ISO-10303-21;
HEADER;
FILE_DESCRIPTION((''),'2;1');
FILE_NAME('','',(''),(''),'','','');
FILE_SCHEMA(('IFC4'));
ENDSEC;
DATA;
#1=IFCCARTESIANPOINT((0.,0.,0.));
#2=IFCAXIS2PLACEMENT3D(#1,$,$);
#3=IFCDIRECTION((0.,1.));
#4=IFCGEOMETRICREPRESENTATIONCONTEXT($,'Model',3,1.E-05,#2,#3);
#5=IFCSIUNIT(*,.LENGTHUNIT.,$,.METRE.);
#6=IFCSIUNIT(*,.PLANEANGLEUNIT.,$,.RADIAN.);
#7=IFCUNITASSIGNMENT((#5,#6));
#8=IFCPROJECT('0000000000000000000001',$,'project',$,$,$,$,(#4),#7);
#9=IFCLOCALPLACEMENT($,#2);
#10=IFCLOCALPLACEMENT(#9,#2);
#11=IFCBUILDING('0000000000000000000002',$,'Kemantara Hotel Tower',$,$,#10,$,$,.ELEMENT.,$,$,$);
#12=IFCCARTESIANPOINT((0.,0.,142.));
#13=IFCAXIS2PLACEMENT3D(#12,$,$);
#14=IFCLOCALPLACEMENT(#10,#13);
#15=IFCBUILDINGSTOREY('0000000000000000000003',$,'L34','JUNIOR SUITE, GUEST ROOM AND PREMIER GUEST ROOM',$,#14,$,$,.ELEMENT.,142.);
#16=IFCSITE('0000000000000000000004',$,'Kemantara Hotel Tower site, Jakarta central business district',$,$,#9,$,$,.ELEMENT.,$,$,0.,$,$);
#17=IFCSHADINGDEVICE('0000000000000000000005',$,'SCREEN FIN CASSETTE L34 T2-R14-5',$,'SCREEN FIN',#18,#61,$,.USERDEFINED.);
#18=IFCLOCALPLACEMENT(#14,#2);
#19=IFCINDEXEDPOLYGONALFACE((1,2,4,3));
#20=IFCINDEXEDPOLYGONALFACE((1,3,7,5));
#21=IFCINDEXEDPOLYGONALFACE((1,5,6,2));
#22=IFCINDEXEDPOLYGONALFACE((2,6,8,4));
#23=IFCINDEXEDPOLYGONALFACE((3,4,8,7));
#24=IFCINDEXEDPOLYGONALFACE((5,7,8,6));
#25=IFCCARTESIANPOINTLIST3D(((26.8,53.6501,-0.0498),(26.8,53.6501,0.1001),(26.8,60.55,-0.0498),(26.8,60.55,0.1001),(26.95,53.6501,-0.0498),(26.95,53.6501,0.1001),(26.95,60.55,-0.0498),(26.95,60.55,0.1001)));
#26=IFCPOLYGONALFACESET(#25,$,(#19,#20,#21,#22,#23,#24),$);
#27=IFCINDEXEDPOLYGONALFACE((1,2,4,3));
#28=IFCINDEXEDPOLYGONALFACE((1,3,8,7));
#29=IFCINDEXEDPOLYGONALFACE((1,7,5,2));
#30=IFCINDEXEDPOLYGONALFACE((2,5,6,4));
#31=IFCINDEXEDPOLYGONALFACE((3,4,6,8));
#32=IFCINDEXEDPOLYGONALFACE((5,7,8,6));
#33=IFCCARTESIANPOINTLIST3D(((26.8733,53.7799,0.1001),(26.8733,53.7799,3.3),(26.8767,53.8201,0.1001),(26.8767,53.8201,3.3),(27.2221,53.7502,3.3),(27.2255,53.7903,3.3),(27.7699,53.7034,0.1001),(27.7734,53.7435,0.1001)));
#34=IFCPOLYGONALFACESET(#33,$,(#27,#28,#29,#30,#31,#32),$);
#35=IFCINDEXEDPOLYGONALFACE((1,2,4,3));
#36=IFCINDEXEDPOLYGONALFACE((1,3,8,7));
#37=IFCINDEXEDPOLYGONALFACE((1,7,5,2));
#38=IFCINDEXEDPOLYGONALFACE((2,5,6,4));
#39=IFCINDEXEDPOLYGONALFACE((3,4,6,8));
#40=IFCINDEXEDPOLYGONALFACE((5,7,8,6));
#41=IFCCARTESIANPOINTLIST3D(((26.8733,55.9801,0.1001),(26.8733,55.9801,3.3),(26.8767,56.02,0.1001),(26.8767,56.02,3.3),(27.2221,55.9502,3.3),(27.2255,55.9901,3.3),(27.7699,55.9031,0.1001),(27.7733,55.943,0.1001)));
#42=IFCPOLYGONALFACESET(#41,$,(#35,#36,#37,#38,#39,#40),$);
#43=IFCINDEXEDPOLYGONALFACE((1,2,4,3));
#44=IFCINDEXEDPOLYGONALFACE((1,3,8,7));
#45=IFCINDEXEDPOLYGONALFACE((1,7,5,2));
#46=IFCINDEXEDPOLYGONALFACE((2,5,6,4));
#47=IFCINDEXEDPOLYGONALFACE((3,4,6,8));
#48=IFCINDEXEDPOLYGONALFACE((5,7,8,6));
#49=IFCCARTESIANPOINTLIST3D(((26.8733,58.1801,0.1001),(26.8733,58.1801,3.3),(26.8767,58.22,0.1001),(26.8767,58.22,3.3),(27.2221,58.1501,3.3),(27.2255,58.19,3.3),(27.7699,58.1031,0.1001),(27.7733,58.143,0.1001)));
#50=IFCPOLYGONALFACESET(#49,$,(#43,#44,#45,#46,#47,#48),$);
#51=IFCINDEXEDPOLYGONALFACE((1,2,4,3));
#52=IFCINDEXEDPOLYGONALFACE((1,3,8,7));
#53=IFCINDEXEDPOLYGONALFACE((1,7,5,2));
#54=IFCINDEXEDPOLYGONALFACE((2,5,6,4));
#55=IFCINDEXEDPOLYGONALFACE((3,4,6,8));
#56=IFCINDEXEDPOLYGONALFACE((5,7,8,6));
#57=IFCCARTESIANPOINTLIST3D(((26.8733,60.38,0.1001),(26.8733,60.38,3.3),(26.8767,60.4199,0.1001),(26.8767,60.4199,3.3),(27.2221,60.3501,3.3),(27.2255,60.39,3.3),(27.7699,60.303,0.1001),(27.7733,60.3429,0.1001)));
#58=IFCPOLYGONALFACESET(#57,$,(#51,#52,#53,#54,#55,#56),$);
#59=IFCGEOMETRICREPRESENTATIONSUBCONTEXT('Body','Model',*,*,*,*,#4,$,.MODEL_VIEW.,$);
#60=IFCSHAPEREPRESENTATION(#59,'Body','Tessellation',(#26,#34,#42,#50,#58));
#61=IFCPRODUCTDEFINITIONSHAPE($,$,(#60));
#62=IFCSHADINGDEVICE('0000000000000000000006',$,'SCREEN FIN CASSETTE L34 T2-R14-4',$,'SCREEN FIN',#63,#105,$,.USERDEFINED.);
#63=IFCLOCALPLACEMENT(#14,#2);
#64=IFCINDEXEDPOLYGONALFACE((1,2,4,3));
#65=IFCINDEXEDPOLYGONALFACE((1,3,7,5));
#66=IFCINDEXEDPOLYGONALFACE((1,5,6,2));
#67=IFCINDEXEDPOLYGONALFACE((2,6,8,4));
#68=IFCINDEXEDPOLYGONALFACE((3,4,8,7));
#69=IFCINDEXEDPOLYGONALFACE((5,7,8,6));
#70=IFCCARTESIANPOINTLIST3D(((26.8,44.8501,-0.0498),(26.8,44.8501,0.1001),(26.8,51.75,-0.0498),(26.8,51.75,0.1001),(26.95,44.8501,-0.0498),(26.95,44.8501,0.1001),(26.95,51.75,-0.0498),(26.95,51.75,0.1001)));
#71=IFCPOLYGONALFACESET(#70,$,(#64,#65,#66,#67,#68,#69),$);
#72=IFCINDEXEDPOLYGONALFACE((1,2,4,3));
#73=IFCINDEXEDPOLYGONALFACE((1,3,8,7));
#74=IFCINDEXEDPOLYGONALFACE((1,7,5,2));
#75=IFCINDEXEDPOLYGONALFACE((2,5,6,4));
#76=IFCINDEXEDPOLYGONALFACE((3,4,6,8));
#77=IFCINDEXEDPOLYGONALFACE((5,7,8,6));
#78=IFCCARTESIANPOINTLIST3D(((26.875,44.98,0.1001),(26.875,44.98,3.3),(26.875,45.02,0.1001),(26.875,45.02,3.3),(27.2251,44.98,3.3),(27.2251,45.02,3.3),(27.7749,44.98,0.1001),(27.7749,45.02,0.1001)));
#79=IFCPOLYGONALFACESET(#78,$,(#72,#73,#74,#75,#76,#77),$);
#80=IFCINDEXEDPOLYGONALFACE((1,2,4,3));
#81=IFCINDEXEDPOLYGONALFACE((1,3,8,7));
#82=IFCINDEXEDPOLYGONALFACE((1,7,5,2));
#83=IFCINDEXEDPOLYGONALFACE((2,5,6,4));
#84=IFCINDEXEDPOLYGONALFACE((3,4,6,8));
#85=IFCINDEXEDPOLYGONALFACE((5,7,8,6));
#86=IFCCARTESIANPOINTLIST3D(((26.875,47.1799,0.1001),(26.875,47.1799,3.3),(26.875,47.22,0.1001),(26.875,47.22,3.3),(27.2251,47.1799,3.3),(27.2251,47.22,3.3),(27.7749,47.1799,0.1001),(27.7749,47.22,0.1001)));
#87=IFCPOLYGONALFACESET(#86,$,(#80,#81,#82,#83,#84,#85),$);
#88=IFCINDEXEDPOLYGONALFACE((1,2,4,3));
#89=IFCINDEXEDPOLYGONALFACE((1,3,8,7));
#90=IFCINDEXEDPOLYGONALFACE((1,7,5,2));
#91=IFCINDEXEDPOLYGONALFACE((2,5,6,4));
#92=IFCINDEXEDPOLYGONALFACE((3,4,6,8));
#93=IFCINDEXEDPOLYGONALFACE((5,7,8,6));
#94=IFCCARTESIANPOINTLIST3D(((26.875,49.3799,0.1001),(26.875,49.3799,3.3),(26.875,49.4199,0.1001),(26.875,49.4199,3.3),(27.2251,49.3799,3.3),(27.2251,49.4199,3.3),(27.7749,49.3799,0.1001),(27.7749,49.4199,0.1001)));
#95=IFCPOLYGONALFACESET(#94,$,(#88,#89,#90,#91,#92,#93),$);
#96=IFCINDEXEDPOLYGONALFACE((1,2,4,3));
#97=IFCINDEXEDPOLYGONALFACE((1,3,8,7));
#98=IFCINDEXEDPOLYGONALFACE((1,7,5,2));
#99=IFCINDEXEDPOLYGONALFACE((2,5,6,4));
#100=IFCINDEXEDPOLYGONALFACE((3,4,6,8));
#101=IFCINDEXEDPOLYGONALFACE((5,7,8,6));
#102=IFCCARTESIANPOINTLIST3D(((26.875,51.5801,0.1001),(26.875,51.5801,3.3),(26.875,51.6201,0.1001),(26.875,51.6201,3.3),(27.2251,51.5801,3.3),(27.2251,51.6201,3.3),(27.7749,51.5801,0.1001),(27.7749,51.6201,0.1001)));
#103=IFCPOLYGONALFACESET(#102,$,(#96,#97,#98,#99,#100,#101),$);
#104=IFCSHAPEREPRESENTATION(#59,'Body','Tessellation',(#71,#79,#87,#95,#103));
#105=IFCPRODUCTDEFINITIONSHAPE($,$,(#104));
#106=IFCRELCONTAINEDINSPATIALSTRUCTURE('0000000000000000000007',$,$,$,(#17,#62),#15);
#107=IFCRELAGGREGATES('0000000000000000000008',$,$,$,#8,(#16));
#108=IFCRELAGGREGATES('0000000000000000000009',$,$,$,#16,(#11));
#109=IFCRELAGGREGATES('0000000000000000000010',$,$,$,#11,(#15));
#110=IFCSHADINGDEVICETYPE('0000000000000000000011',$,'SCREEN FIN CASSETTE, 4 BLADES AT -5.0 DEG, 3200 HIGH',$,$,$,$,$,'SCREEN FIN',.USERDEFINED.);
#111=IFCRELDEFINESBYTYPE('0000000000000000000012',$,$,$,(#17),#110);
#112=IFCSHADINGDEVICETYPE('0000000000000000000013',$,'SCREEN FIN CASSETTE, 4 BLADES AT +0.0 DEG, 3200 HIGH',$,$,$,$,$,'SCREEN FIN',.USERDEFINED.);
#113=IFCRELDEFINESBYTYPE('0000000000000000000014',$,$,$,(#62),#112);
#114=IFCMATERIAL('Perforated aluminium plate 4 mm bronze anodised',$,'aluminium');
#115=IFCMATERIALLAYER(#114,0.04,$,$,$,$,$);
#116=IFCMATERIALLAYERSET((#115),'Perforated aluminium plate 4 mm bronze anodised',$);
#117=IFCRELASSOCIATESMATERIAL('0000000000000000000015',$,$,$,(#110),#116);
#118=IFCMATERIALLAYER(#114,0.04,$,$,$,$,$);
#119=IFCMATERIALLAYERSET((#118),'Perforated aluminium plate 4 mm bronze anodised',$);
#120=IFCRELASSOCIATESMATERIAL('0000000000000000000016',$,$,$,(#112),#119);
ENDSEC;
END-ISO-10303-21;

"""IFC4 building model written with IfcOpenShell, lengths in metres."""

from ifc_helpers import new_model, si_unit, direction, frame, origin, origin_2d, place, context, subcontext, project, spatial, polyline, rectangle, outline, extrude, source, transform, mapped, material, layer, layer_set, type_object, element, save


model = new_model("IFC4")

# Units and contexts
model_context = context("Model", 3, precision=1e-05, world=origin(), true_north=direction((0.0, 1.0)))
body_context = subcontext(model_context, "Body", "Model", "MODEL_VIEW")
ifc_project = project(units=[si_unit("LENGTHUNIT", "METRE"), si_unit("PLANEANGLEUNIT", "RADIAN")], contexts=[model_context])

# Site, building, storey
site_placement = place(None, origin())
site = spatial("IfcSite", under=ifc_project, at=site_placement, Name="Kemantara Hotel Tower site, Jakarta central business district", CompositionType="ELEMENT", RefElevation=0.0)
building_placement = place(site_placement, origin())
building = spatial("IfcBuilding", under=site, at=building_placement, Name="Kemantara Hotel Tower", CompositionType="ELEMENT")
storey_placement = place(building_placement, frame((0.0, 0.0, 142.0)))
storey = spatial("IfcBuildingStorey", under=building, at=storey_placement, Name="L34", Description="JUNIOR SUITE, GUEST ROOM AND PREMIER GUEST ROOM", CompositionType="ELEMENT", Elevation=142.0)

# Shading devices
ifc_material_1 = material(Name="Perforated aluminium plate 4 mm bronze anodised", Category="aluminium")
ifc_layer_1 = layer(ifc_material_1, 0.04)
ifc_layer_set_1 = layer_set([ifc_layer_1], Name="Perforated aluminium plate 4 mm bronze anodised")
shading_device_type_1 = type_object("IfcShadingDeviceType", Name="SCREEN FIN CASSETTE, 4 BLADES AT -5.0 DEG, 3200 HIGH", ElementType="SCREEN FIN", PredefinedType="USERDEFINED", material=ifc_layer_set_1)
shared_shape_1 = source(origin(), body_context, "Body", "SweptSolid", [
    extrude(rectangle(XDim=6.8999, YDim=0.1499, at=origin_2d()), frame((3.3, -0.075, -0.1499), z_axis=(0.0, 0.0, 1.0), x_axis=(1.0, 0.0, 0.0)), (0.0, 0.0, 1.0), 0.1499),
    extrude(outline(polyline([(0.0, 0.0), (0.8999, 0.0), (0.3501, 3.2), (0.0, 3.2), (0.0, 0.0)])), frame((0.02, -0.0767, 0.0), z_axis=(-0.996376, 0.085056, 0.0), x_axis=(-0.085056, -0.996376, 0.0)), (0.0, 0.0, 1.0), 0.0403),
    extrude(outline(polyline([(0.0, 0.0), (0.8999, 0.0), (0.3501, 3.2), (0.0, 3.2), (0.0, 0.0)])), frame((2.22, -0.0767, 0.0), z_axis=(-0.996332, 0.085575, 0.0), x_axis=(-0.085575, -0.996332, 0.0)), (0.0, 0.0, 1.0), 0.04),
    extrude(outline(polyline([(0.0, 0.0), (0.8999, 0.0), (0.3501, 3.2), (0.0, 3.2), (0.0, 0.0)])), frame((4.4199, -0.0767, 0.0), z_axis=(-0.996332, 0.085575, 0.0), x_axis=(-0.085575, -0.996332, 0.0)), (0.0, 0.0, 1.0), 0.04),
    extrude(outline(polyline([(0.0, 0.0), (0.8999, 0.0), (0.3501, 3.2), (0.0, 3.2), (0.0, 0.0)])), frame((6.6199, -0.0767, 0.0), z_axis=(-0.996332, 0.085575, 0.0), x_axis=(-0.085575, -0.996332, 0.0)), (0.0, 0.0, 1.0), 0.04),
])
shading_device_1_placement = place(storey_placement, frame((26.8, 53.8, 0.1001), z_axis=(0.0, 0.0, 1.0), x_axis=(0.0, 1.0, 0.0)))
element("IfcShadingDevice", 1, at=shading_device_1_placement, inside=storey, type_object=shading_device_type_1, Name="SCREEN FIN CASSETTE L34 T2-R14-5", ObjectType="SCREEN FIN", PredefinedType="USERDEFINED", context=body_context, shape_type="MappedRepresentation", body=[
    mapped(shared_shape_1, transform((0.0, 0.0, 0.0))),
])
ifc_layer_2 = layer(ifc_material_1, 0.04)
ifc_layer_set_2 = layer_set([ifc_layer_2], Name="Perforated aluminium plate 4 mm bronze anodised")
shading_device_type_2 = type_object("IfcShadingDeviceType", Name="SCREEN FIN CASSETTE, 4 BLADES AT +0.0 DEG, 3200 HIGH", ElementType="SCREEN FIN", PredefinedType="USERDEFINED", material=ifc_layer_set_2)
shared_shape_2 = source(origin(), body_context, "Body", "SweptSolid", [
    extrude(rectangle(XDim=6.8999, YDim=0.1499, at=origin_2d()), frame((3.3, -0.075, -0.1499), z_axis=(0.0, 0.0, 1.0), x_axis=(1.0, 0.0, 0.0)), (0.0, 0.0, 1.0), 0.1499),
    extrude(outline(polyline([(0.0, 0.0), (0.8999, 0.0), (0.3501, 3.2), (0.0, 3.2), (0.0, 0.0)])), frame((0.02, -0.075, 0.0), z_axis=(-1.0, 0.0, 0.0), x_axis=(0.0, -1.0, 0.0)), (0.0, 0.0, 1.0), 0.04),
    extrude(outline(polyline([(0.0, 0.0), (0.8999, 0.0), (0.3501, 3.2), (0.0, 3.2), (0.0, 0.0)])), frame((2.22, -0.075, 0.0), z_axis=(-1.0, 0.0, 0.0), x_axis=(0.0, -1.0, 0.0)), (0.0, 0.0, 1.0), 0.04),
    extrude(outline(polyline([(0.0, 0.0), (0.8999, 0.0), (0.3501, 3.2), (0.0, 3.2), (0.0, 0.0)])), frame((4.4199, -0.075, 0.0), z_axis=(-1.0, 0.0, 0.0), x_axis=(0.0, -1.0, 0.0)), (0.0, 0.0, 1.0), 0.04),
    extrude(outline(polyline([(0.0, 0.0), (0.8999, 0.0), (0.3501, 3.2), (0.0, 3.2), (0.0, 0.0)])), frame((6.6201, -0.075, 0.0), z_axis=(-1.0, 0.0, 0.0), x_axis=(0.0, -1.0, 0.0)), (0.0, 0.0, 1.0), 0.04),
])
shading_device_2_placement = place(storey_placement, frame((26.8, 45.0, 0.1001), z_axis=(0.0, 0.0, 1.0), x_axis=(0.0, 1.0, 0.0)))
element("IfcShadingDevice", 2, at=shading_device_2_placement, inside=storey, type_object=shading_device_type_2, Name="SCREEN FIN CASSETTE L34 T2-R14-4", ObjectType="SCREEN FIN", PredefinedType="USERDEFINED", context=body_context, shape_type="MappedRepresentation", body=[
    mapped(shared_shape_2, transform((0.0, 0.0, 0.0))),
])

save(model, "model.ifc")
